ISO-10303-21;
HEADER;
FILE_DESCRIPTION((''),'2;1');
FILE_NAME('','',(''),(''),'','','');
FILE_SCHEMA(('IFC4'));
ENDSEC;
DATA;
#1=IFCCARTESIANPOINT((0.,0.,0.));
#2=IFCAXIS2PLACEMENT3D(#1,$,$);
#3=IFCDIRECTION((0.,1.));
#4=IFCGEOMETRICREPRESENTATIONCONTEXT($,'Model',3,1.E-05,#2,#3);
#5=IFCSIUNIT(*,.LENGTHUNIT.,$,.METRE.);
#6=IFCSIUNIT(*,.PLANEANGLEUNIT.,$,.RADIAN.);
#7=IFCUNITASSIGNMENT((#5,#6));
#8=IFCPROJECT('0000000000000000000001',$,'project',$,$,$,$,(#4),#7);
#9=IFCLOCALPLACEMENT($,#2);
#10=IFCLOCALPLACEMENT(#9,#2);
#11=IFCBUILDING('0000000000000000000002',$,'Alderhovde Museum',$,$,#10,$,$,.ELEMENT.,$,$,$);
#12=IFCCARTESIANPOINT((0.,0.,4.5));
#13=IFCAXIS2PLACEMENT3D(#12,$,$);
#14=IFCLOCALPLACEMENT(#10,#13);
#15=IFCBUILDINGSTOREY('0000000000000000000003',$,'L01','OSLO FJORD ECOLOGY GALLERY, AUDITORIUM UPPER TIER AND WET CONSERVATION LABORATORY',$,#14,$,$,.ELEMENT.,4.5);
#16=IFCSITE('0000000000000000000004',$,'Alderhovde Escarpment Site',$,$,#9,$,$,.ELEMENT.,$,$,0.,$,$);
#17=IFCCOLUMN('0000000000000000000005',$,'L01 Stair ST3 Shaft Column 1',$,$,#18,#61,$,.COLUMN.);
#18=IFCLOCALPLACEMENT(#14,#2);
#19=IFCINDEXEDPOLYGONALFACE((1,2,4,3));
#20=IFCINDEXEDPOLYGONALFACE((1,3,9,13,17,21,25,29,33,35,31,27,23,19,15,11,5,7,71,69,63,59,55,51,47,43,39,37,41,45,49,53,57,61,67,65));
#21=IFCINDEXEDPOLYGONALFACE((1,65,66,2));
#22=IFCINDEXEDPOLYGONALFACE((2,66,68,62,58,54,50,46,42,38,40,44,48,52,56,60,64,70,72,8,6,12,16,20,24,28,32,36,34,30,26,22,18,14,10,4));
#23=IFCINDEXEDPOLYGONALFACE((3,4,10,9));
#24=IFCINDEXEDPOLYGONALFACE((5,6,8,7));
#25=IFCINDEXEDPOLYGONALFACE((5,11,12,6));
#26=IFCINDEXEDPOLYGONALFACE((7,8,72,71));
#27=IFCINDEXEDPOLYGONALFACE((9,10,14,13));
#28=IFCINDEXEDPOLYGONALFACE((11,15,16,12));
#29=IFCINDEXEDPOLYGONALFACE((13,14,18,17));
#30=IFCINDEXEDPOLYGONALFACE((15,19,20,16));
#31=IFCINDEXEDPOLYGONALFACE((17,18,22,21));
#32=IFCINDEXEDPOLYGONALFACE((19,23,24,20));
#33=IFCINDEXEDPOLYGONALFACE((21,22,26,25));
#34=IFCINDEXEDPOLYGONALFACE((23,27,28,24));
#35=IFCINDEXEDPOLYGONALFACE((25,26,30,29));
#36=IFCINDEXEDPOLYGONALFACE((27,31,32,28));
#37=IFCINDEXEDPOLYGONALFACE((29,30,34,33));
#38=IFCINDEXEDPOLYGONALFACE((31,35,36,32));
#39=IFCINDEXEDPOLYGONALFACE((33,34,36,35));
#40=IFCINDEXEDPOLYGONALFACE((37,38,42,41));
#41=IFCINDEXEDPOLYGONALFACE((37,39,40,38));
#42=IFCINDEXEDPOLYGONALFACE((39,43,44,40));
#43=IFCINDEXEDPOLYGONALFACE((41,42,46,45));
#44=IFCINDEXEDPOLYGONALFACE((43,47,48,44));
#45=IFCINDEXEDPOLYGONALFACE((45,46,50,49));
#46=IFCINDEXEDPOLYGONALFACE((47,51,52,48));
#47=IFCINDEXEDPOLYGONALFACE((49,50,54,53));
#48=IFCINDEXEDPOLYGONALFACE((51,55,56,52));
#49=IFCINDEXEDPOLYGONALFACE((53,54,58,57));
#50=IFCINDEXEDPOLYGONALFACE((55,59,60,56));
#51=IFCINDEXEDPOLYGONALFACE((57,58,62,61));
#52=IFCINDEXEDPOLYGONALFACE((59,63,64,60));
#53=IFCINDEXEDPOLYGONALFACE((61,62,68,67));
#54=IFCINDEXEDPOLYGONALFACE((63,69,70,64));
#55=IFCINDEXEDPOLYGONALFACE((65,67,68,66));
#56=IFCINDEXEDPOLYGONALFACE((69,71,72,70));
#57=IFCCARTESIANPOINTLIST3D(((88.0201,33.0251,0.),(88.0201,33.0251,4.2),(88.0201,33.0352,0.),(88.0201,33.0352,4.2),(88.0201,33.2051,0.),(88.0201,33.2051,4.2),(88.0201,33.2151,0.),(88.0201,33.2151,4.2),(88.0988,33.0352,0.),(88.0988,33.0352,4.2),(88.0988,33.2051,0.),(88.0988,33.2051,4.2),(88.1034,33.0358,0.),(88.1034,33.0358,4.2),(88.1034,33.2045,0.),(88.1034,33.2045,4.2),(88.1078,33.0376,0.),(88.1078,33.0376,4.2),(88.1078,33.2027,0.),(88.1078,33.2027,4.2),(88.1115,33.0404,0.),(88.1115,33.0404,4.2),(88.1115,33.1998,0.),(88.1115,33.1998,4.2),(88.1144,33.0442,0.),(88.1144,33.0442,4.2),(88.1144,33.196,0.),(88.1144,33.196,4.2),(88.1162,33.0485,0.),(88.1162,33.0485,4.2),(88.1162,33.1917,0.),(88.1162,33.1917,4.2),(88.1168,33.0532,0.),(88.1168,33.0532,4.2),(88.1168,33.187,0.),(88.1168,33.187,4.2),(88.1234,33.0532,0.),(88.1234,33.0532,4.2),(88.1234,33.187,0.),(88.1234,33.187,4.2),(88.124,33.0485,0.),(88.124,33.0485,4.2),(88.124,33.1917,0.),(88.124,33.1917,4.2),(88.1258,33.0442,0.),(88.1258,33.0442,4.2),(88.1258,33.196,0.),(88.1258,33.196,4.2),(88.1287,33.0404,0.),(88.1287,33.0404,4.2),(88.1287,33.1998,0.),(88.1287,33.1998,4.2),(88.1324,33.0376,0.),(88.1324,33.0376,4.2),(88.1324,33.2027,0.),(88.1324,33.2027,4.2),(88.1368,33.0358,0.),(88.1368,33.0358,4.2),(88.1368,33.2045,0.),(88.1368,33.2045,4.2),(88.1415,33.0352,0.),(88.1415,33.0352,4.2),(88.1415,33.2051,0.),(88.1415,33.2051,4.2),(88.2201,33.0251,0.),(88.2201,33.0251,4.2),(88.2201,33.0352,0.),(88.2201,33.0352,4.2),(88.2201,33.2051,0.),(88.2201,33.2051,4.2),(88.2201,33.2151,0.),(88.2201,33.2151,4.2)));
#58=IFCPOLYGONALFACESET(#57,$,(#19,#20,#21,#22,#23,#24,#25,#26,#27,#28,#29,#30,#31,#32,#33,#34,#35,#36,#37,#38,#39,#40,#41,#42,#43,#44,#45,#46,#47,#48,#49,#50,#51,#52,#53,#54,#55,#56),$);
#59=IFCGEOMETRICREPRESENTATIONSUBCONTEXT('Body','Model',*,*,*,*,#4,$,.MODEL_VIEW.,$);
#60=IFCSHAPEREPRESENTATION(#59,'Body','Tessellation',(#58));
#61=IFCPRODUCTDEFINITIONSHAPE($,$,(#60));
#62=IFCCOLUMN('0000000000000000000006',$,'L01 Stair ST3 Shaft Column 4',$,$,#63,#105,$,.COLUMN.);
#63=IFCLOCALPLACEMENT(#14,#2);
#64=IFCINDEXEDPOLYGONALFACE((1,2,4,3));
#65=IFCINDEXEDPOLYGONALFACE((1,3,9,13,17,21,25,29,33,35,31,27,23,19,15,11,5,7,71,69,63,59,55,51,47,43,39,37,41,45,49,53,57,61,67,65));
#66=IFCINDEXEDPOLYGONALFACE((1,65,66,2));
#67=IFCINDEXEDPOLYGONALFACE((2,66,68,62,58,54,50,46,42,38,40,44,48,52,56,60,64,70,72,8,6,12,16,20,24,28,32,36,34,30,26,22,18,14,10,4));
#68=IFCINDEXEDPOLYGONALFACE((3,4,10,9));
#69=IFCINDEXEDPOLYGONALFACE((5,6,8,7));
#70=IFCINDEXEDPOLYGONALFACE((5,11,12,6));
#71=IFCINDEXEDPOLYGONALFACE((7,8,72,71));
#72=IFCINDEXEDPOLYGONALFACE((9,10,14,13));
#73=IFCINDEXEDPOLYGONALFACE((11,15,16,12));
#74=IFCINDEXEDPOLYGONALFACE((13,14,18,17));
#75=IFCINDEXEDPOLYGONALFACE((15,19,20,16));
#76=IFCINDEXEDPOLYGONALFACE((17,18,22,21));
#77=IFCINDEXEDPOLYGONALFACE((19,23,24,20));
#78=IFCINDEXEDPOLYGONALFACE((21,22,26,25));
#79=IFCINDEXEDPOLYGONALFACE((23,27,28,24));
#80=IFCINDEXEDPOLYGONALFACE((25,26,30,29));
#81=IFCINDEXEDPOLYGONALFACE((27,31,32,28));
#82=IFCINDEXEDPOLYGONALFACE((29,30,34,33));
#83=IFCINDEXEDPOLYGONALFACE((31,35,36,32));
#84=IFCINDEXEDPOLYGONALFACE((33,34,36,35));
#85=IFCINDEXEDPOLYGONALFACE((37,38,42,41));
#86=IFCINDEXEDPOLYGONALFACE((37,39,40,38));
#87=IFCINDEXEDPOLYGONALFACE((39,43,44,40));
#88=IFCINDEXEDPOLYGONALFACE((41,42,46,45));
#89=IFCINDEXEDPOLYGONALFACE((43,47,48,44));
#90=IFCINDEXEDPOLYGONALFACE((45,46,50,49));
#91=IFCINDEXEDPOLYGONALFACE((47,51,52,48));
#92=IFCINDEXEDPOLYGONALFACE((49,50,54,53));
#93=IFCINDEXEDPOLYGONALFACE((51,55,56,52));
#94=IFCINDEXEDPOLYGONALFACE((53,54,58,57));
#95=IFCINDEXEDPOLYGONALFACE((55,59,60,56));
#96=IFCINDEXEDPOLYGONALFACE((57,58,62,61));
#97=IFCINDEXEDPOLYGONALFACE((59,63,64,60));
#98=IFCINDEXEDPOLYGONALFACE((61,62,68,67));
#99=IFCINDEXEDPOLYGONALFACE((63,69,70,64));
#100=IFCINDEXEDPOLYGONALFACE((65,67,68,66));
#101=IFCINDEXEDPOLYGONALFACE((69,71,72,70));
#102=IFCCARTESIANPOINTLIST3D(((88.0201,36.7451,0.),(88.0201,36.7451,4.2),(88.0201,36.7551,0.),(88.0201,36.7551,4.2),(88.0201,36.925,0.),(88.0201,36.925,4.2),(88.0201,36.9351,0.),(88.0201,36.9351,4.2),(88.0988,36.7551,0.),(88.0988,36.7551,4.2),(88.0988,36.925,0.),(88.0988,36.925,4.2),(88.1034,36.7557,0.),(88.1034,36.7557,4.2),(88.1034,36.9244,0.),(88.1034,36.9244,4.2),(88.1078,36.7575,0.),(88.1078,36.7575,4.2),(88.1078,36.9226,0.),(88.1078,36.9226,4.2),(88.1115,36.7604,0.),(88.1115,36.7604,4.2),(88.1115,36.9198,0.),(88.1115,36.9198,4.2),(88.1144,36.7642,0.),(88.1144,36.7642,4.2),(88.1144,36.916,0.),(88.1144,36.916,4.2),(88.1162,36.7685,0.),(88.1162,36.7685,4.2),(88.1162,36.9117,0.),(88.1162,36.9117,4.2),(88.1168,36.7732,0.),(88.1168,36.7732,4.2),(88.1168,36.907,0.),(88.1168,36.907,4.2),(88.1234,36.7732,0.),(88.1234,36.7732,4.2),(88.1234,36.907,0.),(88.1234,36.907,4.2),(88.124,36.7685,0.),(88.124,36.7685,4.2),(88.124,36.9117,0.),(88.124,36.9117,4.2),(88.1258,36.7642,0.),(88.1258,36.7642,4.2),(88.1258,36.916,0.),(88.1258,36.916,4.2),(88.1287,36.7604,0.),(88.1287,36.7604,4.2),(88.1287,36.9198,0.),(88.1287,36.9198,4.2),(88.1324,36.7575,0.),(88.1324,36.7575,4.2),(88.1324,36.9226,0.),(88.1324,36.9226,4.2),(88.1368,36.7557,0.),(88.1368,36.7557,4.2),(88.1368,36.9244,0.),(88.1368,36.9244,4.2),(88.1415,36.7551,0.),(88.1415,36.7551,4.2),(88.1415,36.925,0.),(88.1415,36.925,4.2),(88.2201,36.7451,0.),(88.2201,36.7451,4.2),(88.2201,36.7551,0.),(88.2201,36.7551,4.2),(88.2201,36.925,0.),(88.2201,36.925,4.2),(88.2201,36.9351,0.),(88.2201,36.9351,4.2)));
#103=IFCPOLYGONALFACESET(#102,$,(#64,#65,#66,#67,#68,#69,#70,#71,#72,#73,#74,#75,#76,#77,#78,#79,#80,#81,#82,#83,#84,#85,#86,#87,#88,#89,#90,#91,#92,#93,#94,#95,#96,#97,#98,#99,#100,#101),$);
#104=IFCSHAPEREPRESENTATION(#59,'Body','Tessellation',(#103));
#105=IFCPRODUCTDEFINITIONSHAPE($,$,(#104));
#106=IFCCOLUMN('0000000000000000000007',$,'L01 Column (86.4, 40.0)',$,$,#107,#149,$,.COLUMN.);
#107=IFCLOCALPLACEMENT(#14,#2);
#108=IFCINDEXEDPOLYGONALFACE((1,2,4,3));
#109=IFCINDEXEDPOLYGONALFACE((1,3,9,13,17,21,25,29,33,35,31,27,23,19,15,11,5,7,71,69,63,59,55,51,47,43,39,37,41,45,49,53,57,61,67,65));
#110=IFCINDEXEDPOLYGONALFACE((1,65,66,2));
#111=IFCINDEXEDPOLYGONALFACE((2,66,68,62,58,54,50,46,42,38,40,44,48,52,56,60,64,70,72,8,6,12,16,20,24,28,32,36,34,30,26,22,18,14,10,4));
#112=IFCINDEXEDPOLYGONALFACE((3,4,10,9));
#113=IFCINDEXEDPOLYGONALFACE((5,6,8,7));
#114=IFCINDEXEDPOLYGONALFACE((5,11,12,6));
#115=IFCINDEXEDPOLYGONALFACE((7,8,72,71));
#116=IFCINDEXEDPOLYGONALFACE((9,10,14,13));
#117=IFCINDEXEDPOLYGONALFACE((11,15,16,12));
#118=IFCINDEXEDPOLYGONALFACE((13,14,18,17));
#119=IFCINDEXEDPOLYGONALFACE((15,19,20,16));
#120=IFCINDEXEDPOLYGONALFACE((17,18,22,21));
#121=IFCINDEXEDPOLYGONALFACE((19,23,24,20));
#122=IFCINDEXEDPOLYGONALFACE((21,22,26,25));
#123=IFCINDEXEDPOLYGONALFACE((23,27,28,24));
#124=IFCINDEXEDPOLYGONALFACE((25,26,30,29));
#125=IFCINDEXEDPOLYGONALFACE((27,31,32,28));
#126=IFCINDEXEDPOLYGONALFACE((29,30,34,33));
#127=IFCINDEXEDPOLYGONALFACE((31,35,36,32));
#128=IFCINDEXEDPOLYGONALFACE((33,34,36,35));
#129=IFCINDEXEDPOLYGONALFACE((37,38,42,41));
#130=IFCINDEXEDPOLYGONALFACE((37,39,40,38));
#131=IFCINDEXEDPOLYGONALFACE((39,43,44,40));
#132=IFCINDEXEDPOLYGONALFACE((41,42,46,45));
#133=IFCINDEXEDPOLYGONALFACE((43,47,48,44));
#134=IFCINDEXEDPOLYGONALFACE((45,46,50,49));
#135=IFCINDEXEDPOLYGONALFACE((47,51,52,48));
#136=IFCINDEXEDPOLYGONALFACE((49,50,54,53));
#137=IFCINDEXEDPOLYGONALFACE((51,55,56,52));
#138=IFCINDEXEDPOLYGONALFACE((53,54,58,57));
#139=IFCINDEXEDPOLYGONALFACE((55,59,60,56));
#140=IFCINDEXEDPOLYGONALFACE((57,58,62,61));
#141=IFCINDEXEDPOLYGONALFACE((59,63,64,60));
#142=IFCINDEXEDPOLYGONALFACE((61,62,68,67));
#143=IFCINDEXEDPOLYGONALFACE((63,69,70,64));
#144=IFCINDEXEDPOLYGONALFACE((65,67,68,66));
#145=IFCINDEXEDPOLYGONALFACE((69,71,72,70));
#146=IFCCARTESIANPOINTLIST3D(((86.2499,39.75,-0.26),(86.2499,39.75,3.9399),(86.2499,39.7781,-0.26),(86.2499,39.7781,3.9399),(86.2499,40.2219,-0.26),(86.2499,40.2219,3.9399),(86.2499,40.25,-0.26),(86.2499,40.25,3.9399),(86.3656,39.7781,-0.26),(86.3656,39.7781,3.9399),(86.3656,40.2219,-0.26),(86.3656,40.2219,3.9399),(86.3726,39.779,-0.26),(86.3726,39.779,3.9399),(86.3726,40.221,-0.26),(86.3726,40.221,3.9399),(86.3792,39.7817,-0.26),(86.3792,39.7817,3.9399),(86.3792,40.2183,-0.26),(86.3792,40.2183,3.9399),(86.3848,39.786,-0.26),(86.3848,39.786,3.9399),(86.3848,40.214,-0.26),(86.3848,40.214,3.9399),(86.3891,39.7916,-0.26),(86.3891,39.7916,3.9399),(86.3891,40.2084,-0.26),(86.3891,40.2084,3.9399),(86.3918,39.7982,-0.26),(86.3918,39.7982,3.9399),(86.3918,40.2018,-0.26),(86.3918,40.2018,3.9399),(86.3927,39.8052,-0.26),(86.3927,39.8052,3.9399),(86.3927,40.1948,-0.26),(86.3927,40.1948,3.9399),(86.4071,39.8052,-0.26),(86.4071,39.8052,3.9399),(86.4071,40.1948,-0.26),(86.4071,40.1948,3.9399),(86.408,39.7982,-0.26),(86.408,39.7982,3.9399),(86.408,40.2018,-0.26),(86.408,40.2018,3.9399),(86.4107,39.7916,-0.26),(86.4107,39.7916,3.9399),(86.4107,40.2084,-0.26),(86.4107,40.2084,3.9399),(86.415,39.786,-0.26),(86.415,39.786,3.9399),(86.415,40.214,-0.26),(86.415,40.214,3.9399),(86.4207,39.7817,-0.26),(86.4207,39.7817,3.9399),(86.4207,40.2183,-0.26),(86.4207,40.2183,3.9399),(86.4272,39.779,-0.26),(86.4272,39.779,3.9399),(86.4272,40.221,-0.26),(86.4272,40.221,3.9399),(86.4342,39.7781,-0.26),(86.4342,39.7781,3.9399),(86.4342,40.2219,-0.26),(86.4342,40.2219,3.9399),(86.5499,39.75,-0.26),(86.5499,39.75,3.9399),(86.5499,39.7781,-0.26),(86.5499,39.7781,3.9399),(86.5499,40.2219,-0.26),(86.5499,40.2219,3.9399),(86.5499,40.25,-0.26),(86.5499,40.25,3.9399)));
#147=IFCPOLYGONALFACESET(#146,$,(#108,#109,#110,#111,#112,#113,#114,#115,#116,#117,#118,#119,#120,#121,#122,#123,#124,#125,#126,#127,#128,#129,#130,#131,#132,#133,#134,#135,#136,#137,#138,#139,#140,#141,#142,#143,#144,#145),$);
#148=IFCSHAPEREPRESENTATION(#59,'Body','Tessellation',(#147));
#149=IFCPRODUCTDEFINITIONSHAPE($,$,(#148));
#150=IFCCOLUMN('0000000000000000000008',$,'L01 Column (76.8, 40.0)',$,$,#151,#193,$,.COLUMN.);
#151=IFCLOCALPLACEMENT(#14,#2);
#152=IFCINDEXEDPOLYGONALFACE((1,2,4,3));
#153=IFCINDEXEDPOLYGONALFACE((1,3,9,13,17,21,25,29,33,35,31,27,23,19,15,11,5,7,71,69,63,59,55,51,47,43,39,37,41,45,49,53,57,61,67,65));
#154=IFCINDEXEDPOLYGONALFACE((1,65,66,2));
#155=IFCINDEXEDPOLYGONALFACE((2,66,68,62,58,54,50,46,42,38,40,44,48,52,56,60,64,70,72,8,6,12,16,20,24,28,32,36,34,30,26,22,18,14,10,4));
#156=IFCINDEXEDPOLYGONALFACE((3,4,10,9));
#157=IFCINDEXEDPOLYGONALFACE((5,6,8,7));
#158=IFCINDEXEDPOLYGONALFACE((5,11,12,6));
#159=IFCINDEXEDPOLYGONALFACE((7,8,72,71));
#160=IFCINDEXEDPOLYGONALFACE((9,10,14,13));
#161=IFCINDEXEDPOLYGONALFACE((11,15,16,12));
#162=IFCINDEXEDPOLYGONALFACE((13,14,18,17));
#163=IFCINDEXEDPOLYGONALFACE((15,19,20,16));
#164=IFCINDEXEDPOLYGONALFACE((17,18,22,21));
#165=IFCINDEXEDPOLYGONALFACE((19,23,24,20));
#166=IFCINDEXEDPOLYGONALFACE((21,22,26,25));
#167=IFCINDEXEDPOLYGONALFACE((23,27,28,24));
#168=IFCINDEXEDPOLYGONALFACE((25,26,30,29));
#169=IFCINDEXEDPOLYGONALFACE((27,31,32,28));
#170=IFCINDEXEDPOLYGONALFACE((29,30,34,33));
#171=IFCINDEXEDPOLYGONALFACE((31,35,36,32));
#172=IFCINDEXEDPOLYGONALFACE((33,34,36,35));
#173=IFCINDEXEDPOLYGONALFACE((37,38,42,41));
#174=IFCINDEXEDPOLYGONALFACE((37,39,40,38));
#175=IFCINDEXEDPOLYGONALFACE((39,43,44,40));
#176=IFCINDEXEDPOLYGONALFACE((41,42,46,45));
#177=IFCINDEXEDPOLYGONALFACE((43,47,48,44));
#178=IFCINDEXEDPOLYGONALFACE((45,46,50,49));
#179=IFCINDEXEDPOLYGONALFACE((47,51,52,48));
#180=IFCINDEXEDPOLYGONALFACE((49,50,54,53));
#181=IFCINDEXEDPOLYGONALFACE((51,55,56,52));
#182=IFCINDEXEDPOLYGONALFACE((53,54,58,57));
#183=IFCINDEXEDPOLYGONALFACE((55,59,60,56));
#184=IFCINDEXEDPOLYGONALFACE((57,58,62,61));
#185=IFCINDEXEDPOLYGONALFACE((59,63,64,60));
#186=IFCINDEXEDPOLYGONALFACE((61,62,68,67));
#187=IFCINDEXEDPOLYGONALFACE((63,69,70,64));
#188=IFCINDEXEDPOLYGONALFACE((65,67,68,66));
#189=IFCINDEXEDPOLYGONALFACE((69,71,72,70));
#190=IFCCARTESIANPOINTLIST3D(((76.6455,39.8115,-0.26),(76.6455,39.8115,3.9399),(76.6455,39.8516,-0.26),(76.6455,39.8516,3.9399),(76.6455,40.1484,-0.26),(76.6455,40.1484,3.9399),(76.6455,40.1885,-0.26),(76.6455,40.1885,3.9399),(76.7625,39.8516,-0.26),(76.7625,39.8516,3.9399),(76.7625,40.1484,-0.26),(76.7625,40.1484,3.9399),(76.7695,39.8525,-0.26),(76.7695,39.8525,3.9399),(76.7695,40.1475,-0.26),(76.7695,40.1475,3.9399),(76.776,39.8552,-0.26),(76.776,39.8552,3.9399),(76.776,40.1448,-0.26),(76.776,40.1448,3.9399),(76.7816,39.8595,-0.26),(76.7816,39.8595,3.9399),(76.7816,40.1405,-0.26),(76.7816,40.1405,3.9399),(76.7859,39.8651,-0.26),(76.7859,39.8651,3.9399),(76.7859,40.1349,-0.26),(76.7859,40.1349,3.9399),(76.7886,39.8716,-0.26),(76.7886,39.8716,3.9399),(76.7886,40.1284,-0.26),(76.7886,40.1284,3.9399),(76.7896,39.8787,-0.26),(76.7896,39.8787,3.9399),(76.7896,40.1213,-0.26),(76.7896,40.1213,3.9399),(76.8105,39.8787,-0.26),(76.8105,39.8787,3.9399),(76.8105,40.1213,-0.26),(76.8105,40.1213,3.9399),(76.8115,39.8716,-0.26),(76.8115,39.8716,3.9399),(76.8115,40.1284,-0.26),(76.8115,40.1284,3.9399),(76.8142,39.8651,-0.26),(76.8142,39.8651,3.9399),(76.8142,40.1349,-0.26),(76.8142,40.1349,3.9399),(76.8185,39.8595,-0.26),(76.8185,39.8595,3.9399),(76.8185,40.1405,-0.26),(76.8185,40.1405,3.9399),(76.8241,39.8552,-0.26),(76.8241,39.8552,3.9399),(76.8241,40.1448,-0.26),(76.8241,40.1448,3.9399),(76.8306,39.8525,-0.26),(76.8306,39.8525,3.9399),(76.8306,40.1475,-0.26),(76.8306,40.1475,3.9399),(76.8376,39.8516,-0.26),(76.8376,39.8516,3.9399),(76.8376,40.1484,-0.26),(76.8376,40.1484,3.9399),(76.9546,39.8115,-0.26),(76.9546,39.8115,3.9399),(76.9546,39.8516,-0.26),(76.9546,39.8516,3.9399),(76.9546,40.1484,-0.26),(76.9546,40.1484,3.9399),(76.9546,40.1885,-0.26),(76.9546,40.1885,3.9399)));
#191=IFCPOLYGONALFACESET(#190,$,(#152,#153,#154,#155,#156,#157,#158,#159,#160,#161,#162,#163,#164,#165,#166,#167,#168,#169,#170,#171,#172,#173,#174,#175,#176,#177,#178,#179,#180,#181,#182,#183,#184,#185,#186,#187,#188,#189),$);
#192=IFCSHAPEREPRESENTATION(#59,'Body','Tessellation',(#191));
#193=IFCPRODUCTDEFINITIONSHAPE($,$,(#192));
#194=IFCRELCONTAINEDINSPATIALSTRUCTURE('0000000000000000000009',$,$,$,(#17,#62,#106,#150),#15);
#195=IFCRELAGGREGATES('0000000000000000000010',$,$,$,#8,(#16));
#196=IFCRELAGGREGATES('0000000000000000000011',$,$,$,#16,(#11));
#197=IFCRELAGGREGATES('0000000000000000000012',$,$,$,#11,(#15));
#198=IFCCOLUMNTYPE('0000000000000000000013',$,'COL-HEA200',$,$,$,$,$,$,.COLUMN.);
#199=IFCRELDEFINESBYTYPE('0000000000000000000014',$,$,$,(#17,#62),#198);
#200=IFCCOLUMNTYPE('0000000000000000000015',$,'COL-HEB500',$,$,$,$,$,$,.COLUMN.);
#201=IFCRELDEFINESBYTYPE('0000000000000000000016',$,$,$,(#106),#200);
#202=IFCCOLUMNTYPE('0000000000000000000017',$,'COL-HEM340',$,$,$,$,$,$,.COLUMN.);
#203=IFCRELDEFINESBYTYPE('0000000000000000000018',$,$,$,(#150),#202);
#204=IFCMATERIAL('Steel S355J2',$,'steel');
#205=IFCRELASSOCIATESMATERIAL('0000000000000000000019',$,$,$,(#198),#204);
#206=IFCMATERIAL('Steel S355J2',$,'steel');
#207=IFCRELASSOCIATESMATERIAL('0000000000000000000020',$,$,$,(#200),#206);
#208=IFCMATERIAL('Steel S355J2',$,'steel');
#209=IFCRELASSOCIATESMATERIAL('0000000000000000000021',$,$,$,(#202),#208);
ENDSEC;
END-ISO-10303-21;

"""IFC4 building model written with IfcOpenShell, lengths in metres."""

from ifc_helpers import new_model, si_unit, direction, frame, origin, origin_2d, place, context, subcontext, project, spatial, i_section, extrude, material, material_profile, profile_set, type_object, element, save


model = new_model("IFC4")

# Units and contexts
model_context = context("Model", 3, precision=1e-05, world=origin(), true_north=direction((0.0, 1.0)))
body_context = subcontext(model_context, "Body", "Model", "MODEL_VIEW")
ifc_project = project(units=[si_unit("LENGTHUNIT", "METRE"), si_unit("PLANEANGLEUNIT", "RADIAN")], contexts=[model_context])

# Site, building, storey
site_placement = place(None, origin())
site = spatial("IfcSite", under=ifc_project, at=site_placement, Name="Alderhovde Escarpment Site", CompositionType="ELEMENT", RefElevation=0.0)
building_placement = place(site_placement, origin())
building = spatial("IfcBuilding", under=site, at=building_placement, Name="Alderhovde Museum", CompositionType="ELEMENT")
storey_placement = place(building_placement, frame((0.0, 0.0, 4.5)))
storey = spatial("IfcBuildingStorey", under=building, at=storey_placement, Name="L01", Description="OSLO FJORD ECOLOGY GALLERY, AUDITORIUM UPPER TIER AND WET CONSERVATION LABORATORY", CompositionType="ELEMENT", Elevation=4.5)

# Columns
ifc_material_1 = material(Name="Steel S355J2", Category="steel")
ifc_material_profile_1 = material_profile(ifc_material_1, i_section(OverallWidth=0.2, OverallDepth=0.1899, WebThickness=0.0066, FlangeThickness=0.01, FilletRadius=0.0181, at=origin_2d()), Name="HEA 200")
ifc_profile_set_1 = profile_set([ifc_material_profile_1], Name="Steel S355J2")
column_type_1 = type_object("IfcColumnType", Name="COL-HEA200", PredefinedType="COLUMN", material=ifc_profile_set_1)
for number, where, z_axis, x_axis, name in (
    (1, (88.1201, 33.1201, 0.0), (0.0, 0.0, 1.0), (1.0, 0.0, 0.0), "L01 Stair ST3 Shaft Column 1"),
    (2, (88.1201, 36.8401, 0.0), (0.0, 0.0, 1.0), (1.0, 0.0, 0.0), "L01 Stair ST3 Shaft Column 4"),
):
    element("IfcColumn", number, at=place(storey_placement, frame(where, z_axis=z_axis, x_axis=x_axis)), inside=storey, type_object=column_type_1, Name=name, PredefinedType="COLUMN", context=body_context, shape_type="SweptSolid", body=[
        extrude(i_section(OverallWidth=0.2, OverallDepth=0.1899, WebThickness=0.0066, FlangeThickness=0.01, FilletRadius=0.0181, at=origin_2d()), origin(), (0.0, 0.0, 1.0), 4.2),
    ])
ifc_material_2 = material(Name="Steel S355J2", Category="steel")
ifc_material_profile_2 = material_profile(ifc_material_2, i_section(OverallWidth=0.3, OverallDepth=0.5, WebThickness=0.0144, FlangeThickness=0.0281, FilletRadius=0.0271, at=origin_2d()), Name="HEB 500")
ifc_profile_set_2 = profile_set([ifc_material_profile_2], Name="Steel S355J2")
column_type_2 = type_object("IfcColumnType", Name="COL-HEB500", PredefinedType="COLUMN", material=ifc_profile_set_2)
column_1_placement = place(storey_placement, frame((86.3999, 40.0, -0.26), z_axis=(0.0, 0.0, 1.0), x_axis=(1.0, 0.0, 0.0)))
element("IfcColumn", 3, at=column_1_placement, inside=storey, type_object=column_type_2, Name="L01 Column (86.4, 40.0)", PredefinedType="COLUMN", context=body_context, shape_type="SweptSolid", body=[
    extrude(i_section(OverallWidth=0.3, OverallDepth=0.5, WebThickness=0.0144, FlangeThickness=0.0281, FilletRadius=0.0271, at=origin_2d()), origin(), (0.0, 0.0, 1.0), 4.2),
])
ifc_material_3 = material(Name="Steel S355J2", Category="steel")
ifc_material_profile_3 = material_profile(ifc_material_3, i_section(OverallWidth=0.3091, OverallDepth=0.377, WebThickness=0.021, FlangeThickness=0.04, FilletRadius=0.0271, at=origin_2d()), Name="HEM 340")
ifc_profile_set_3 = profile_set([ifc_material_profile_3], Name="Steel S355J2")
column_type_3 = type_object("IfcColumnType", Name="COL-HEM340", PredefinedType="COLUMN", material=ifc_profile_set_3)
column_2_placement = place(storey_placement, frame((76.8, 40.0, -0.26), z_axis=(0.0, 0.0, 1.0), x_axis=(1.0, 0.0, 0.0)))
element("IfcColumn", 4, at=column_2_placement, inside=storey, type_object=column_type_3, Name="L01 Column (76.8, 40.0)", PredefinedType="COLUMN", context=body_context, shape_type="SweptSolid", body=[
    extrude(i_section(OverallWidth=0.3091, OverallDepth=0.377, WebThickness=0.021, FlangeThickness=0.04, FilletRadius=0.0271, at=origin_2d()), origin(), (0.0, 0.0, 1.0), 4.2),
])

save(model, "model.ifc")
